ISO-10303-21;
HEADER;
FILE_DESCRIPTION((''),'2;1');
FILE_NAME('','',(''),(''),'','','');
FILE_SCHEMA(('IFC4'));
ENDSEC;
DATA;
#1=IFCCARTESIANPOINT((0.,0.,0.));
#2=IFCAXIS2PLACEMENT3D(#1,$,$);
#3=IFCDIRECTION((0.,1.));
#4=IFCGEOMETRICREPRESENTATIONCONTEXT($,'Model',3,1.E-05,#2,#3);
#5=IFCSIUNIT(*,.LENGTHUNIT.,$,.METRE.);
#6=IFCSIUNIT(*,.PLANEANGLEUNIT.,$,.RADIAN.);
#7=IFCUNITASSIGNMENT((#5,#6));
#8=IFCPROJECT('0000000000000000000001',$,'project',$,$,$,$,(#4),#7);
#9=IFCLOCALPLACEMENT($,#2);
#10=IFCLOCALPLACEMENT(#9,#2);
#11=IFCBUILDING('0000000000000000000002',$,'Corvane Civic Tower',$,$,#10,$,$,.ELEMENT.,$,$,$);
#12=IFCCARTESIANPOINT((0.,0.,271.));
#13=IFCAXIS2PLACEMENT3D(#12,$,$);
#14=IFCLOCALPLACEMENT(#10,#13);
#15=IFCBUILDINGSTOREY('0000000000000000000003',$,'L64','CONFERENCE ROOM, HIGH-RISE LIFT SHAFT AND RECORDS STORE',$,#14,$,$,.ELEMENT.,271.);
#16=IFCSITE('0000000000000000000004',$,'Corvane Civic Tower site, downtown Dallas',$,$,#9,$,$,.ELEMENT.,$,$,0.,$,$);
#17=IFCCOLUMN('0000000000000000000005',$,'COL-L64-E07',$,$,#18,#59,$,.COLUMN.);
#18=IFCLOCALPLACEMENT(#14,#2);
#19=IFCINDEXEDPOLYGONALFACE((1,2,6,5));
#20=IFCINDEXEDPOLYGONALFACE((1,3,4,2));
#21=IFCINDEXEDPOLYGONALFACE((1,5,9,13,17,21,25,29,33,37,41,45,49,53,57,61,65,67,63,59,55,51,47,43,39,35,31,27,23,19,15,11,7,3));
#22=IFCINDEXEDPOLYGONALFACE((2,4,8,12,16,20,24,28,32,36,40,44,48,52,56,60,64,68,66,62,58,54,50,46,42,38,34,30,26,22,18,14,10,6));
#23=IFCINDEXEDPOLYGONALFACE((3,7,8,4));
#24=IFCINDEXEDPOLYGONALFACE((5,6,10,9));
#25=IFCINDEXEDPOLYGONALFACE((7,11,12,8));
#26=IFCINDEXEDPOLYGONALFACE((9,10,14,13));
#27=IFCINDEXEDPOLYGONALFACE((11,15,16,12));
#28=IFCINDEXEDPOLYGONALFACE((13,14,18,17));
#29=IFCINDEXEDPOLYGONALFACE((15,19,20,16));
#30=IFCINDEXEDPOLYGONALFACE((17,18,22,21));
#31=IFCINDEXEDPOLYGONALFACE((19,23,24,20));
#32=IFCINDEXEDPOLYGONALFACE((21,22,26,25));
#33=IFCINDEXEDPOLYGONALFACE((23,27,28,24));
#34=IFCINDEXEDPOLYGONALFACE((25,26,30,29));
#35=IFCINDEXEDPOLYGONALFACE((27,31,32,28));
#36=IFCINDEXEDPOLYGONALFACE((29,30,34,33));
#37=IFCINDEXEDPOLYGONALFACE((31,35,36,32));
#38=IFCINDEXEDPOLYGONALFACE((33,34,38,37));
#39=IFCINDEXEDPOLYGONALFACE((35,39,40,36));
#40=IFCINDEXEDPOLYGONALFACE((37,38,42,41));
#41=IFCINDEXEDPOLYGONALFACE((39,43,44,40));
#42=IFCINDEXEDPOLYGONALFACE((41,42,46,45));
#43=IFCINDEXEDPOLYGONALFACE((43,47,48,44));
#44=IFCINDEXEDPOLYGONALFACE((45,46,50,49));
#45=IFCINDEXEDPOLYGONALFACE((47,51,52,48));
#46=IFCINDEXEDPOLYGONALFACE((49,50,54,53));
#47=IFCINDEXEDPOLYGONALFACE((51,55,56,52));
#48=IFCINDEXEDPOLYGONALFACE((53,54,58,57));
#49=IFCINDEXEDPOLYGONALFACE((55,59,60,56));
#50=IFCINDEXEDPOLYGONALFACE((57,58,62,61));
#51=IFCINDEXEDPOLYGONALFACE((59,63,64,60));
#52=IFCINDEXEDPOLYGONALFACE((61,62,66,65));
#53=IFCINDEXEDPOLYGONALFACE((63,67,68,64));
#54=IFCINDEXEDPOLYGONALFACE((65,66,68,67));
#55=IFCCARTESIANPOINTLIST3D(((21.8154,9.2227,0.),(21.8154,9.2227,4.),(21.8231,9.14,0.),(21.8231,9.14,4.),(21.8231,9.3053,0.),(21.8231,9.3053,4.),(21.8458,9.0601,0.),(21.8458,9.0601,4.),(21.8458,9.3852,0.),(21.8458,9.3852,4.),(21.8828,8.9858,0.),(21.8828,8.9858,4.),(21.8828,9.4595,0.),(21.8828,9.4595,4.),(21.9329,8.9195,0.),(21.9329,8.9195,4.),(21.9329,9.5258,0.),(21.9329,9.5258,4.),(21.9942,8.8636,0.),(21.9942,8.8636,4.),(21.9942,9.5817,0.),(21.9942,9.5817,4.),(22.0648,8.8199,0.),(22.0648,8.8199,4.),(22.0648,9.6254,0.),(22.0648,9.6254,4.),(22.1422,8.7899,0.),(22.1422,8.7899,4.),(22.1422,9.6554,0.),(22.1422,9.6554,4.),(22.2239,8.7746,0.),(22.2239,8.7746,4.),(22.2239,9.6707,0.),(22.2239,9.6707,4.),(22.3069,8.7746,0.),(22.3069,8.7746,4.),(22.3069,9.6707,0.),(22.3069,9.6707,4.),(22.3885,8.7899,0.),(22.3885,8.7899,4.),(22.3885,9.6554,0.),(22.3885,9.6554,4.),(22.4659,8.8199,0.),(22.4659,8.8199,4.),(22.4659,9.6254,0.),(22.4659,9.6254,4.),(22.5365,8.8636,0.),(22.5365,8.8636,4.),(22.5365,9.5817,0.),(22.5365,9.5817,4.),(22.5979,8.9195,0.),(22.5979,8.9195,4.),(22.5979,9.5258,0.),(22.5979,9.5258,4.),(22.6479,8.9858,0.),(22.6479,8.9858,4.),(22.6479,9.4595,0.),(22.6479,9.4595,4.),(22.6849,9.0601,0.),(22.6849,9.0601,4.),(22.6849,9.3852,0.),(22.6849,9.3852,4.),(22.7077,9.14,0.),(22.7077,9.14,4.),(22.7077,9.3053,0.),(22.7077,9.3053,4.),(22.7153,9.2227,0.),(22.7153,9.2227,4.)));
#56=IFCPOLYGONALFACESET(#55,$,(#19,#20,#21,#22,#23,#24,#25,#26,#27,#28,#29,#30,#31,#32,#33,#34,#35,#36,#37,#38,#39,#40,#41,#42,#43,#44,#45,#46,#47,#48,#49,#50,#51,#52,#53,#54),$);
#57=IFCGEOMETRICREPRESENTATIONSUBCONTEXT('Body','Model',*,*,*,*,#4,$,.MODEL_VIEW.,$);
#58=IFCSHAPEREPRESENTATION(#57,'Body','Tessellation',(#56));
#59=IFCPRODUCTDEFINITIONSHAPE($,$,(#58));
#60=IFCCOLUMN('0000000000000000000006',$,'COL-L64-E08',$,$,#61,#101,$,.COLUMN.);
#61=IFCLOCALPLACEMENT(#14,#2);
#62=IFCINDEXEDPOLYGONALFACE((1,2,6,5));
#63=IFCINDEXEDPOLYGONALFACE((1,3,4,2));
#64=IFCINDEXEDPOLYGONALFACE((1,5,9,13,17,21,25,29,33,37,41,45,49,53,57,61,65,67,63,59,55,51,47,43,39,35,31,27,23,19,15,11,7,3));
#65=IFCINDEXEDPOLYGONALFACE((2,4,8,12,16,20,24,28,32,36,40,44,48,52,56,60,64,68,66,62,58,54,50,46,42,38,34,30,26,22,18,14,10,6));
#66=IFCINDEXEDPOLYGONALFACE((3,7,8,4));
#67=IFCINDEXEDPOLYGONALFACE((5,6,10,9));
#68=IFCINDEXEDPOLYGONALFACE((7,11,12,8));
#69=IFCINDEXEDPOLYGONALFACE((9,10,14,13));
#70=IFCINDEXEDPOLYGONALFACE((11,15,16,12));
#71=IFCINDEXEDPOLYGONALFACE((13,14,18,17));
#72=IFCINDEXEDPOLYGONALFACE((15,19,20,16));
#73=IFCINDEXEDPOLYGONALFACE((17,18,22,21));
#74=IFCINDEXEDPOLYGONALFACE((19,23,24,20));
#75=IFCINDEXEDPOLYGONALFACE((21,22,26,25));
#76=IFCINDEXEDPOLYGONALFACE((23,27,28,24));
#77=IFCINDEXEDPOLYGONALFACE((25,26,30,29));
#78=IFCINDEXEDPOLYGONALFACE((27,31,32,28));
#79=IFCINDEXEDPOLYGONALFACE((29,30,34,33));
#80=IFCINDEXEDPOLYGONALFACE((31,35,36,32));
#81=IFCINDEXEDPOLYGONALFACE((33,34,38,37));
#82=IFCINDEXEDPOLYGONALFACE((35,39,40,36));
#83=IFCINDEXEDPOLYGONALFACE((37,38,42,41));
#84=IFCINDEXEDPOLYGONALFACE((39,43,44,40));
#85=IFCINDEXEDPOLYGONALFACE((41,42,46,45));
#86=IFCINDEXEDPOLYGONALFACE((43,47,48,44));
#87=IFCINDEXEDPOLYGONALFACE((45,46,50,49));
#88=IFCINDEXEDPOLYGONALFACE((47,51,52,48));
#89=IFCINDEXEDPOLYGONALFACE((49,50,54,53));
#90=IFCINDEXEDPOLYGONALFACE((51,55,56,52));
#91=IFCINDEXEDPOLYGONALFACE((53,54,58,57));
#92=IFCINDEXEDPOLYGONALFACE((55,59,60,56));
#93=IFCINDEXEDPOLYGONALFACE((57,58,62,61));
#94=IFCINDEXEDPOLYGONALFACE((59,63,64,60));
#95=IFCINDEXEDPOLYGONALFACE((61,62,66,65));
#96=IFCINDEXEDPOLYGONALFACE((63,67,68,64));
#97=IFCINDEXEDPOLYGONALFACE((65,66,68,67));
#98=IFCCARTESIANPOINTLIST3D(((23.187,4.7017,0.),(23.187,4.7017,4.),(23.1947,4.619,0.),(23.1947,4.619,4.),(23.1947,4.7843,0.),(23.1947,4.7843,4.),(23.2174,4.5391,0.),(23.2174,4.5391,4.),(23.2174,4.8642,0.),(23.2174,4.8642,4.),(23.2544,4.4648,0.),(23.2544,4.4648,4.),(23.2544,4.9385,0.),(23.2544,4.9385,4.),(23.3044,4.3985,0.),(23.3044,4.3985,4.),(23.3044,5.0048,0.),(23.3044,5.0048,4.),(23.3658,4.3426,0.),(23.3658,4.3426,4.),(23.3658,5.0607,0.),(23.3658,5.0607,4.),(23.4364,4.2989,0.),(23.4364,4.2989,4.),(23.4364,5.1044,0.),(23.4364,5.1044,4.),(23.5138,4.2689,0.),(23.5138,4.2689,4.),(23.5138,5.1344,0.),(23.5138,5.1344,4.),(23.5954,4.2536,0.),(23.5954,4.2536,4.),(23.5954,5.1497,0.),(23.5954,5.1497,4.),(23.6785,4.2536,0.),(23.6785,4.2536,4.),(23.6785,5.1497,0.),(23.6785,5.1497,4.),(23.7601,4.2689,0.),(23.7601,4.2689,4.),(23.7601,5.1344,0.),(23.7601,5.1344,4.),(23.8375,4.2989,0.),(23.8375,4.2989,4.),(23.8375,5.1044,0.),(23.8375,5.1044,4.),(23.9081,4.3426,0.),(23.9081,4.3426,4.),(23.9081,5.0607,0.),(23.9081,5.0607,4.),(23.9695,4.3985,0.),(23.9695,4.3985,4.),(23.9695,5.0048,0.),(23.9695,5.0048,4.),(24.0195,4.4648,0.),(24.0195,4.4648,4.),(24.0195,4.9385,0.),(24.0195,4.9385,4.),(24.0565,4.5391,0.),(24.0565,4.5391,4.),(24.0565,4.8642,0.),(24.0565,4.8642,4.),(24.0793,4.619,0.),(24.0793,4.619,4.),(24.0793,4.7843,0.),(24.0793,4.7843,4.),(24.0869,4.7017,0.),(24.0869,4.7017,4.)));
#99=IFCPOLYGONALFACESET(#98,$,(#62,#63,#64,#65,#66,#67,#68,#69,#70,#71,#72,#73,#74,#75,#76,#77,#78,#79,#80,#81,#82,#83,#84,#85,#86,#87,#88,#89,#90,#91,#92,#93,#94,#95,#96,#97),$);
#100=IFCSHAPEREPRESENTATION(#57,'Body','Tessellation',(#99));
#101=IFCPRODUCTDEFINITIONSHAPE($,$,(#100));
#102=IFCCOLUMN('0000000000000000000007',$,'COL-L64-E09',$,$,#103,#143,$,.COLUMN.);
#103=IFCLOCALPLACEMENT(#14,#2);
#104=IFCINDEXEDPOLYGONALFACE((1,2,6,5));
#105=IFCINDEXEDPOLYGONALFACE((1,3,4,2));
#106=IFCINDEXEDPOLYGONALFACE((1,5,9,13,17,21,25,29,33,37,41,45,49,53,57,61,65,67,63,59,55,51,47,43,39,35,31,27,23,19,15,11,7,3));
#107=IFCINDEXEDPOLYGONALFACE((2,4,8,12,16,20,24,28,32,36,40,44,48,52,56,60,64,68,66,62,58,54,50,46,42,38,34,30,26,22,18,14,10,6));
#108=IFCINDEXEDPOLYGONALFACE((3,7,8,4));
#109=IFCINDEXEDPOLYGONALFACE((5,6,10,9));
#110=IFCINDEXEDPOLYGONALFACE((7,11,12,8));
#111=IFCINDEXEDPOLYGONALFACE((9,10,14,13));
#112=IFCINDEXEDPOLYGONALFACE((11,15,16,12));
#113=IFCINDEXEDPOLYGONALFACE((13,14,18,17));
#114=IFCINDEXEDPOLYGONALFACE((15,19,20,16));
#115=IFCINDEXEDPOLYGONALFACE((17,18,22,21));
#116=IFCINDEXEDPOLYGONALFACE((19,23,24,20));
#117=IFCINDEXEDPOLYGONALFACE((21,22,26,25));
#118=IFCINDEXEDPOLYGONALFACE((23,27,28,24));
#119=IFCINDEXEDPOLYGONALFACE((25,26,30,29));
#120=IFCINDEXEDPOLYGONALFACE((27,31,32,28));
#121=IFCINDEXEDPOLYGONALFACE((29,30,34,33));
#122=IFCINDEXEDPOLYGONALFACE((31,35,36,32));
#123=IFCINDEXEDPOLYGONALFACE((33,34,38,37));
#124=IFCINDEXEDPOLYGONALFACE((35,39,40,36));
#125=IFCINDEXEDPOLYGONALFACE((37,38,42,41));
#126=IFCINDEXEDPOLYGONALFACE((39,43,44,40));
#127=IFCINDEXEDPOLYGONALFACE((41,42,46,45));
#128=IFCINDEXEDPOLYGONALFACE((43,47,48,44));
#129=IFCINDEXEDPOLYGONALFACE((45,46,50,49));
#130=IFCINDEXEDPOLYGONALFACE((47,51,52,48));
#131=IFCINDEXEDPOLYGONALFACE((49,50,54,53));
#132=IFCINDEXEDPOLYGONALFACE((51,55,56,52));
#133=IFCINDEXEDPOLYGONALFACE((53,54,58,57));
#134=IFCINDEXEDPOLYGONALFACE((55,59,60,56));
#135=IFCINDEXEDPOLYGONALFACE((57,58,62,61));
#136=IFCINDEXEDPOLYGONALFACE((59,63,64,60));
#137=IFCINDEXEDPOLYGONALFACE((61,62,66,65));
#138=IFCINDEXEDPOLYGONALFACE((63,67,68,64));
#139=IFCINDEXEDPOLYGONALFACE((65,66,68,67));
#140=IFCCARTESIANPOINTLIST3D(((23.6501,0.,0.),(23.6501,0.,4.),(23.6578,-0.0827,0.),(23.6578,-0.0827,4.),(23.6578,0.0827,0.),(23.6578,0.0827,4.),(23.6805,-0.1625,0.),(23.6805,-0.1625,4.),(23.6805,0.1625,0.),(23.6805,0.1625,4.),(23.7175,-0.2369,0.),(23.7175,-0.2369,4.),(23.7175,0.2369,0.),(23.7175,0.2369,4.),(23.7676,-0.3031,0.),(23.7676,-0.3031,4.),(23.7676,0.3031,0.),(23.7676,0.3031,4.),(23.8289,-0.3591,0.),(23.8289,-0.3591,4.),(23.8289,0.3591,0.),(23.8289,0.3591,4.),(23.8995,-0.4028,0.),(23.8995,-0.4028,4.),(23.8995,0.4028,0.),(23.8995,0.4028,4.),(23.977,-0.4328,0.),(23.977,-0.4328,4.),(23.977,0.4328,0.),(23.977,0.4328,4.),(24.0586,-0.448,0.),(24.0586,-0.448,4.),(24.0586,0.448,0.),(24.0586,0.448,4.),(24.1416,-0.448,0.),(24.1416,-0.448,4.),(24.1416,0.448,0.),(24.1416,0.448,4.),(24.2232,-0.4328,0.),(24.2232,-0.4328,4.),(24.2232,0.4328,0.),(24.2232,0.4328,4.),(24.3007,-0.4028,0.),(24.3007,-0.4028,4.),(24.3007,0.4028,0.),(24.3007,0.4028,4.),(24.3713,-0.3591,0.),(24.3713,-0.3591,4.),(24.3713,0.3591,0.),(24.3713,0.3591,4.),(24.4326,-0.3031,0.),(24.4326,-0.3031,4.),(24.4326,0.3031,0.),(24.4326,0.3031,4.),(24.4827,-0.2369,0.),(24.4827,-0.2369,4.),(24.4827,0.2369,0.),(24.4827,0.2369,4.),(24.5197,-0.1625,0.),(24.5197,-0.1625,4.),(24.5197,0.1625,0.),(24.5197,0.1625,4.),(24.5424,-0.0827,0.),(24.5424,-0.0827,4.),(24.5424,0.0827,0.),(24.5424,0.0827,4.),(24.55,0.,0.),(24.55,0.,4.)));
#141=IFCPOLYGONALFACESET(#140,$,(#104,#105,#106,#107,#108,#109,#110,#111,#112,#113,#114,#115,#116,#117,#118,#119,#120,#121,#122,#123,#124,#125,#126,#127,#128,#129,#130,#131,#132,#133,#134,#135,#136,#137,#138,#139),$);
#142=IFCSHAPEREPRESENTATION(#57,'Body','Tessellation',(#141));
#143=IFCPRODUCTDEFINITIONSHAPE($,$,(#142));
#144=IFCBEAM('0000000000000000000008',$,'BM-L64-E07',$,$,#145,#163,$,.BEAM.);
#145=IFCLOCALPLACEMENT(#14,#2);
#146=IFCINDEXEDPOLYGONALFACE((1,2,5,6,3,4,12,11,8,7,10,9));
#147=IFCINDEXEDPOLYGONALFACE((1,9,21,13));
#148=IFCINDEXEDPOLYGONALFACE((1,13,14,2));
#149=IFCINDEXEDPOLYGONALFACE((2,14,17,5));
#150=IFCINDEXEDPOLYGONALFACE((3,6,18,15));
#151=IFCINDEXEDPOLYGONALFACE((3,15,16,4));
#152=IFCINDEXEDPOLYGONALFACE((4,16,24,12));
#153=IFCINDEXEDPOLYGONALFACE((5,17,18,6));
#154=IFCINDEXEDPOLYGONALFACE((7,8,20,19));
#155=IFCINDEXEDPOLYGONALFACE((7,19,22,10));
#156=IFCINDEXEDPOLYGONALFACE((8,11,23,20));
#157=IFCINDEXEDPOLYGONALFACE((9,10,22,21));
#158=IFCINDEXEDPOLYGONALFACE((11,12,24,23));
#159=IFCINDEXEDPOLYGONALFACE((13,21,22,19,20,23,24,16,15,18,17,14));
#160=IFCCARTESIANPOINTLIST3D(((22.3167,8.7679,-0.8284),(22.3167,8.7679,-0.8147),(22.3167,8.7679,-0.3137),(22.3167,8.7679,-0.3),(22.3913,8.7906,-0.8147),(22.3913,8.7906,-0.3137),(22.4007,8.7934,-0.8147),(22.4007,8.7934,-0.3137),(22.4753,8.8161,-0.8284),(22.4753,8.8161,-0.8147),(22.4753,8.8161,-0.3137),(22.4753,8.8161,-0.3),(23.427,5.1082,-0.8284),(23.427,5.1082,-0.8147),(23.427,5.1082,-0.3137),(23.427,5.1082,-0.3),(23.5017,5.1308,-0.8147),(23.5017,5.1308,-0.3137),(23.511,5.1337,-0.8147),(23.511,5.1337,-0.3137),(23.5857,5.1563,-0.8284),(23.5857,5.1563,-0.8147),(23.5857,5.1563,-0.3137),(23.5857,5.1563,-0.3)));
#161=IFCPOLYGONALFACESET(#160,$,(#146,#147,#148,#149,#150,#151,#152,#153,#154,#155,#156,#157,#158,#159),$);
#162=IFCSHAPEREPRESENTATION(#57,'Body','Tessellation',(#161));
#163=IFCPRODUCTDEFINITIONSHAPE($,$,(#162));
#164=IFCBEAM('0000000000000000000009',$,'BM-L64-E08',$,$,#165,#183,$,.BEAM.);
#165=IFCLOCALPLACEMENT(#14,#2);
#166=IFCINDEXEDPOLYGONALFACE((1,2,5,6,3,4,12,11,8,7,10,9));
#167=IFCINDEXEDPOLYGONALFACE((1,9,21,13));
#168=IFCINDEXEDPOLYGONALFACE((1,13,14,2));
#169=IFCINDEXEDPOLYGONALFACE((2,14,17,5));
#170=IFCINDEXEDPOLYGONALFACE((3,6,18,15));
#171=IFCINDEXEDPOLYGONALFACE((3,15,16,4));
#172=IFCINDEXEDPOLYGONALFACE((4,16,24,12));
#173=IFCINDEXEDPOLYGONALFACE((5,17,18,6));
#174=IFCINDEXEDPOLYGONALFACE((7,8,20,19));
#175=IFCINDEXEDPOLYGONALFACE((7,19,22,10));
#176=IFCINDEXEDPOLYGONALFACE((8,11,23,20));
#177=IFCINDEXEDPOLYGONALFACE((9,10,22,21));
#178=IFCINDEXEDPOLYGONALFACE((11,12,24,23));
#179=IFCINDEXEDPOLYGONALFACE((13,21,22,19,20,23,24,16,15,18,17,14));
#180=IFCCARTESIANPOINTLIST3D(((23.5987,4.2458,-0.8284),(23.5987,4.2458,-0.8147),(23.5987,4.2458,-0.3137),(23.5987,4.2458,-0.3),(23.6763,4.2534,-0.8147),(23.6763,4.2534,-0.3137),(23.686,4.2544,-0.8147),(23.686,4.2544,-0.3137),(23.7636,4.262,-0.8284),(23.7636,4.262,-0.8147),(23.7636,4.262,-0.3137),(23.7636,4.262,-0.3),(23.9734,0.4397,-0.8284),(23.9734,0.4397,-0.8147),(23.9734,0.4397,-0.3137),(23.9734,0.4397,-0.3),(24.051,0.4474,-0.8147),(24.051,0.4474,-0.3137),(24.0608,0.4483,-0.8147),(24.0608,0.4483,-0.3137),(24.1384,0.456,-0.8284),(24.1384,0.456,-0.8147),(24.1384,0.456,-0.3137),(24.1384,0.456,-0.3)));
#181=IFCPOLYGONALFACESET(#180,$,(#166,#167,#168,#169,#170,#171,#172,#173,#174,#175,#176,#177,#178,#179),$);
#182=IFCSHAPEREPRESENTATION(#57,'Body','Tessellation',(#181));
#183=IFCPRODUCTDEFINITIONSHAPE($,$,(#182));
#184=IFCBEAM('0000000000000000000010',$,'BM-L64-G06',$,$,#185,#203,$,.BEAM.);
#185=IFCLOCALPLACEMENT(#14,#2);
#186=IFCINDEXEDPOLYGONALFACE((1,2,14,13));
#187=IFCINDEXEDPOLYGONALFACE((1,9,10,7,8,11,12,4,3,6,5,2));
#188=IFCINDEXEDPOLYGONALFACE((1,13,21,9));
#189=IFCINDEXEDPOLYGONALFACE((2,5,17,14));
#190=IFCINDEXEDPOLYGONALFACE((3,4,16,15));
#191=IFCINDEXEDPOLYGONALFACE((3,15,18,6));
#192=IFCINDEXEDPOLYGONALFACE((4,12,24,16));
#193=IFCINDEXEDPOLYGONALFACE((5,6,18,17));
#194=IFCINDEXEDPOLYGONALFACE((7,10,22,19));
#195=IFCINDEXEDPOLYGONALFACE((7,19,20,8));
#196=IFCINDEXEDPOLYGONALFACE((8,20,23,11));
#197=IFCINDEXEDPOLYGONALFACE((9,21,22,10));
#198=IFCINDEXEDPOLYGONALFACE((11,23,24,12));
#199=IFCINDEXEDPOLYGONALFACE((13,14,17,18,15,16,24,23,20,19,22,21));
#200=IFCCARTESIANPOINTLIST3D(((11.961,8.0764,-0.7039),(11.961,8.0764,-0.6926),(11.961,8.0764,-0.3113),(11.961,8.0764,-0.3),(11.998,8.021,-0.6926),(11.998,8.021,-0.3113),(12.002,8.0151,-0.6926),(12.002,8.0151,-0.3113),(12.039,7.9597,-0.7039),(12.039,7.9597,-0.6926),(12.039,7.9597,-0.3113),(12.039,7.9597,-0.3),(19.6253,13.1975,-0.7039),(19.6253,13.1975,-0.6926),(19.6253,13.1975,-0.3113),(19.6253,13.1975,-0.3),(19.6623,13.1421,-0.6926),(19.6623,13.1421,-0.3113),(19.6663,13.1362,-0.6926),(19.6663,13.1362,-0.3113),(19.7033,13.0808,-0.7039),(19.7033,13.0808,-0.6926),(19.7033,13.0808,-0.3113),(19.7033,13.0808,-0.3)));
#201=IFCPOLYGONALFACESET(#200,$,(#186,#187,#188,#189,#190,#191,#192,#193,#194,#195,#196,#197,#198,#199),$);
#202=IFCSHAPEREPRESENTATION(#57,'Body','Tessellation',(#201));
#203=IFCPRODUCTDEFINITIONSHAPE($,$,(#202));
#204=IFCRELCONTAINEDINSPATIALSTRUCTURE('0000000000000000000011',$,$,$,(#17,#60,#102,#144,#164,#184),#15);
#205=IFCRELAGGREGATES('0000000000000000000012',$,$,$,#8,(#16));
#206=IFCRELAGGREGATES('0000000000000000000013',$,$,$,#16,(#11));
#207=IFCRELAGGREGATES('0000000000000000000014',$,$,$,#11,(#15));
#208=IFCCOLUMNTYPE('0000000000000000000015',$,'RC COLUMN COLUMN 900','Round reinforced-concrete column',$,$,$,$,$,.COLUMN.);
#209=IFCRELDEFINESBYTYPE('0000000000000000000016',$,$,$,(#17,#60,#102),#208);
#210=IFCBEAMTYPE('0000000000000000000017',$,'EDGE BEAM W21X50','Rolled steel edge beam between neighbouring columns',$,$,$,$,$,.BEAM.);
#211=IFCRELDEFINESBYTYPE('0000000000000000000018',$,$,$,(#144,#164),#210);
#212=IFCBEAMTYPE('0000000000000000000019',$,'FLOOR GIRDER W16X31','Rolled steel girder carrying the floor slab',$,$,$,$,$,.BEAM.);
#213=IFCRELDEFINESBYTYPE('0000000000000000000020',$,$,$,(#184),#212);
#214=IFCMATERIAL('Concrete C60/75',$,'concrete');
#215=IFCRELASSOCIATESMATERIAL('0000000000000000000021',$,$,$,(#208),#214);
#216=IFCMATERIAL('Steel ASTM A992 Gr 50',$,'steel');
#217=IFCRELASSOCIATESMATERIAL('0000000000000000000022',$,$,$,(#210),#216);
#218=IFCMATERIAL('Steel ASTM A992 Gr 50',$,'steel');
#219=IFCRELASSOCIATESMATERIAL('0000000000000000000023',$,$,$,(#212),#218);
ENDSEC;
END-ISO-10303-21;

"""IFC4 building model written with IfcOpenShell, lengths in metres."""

from ifc_helpers import new_model, si_unit, direction, frame, origin, origin_2d, place, context, subcontext, project, spatial, circle, i_section, extrude, material, material_profile, profile_set, type_object, element, save


model = new_model("IFC4")

# Units and contexts
model_context = context("Model", 3, precision=1e-05, world=origin(), true_north=direction((0.0, 1.0)))
body_context = subcontext(model_context, "Body", "Model", "MODEL_VIEW")
ifc_project = project(units=[si_unit("LENGTHUNIT", "METRE"), si_unit("PLANEANGLEUNIT", "RADIAN")], contexts=[model_context])

# Site, building, storey
site_placement = place(None, origin())
site = spatial("IfcSite", under=ifc_project, at=site_placement, Name="Corvane Civic Tower site, downtown Dallas", CompositionType="ELEMENT", RefElevation=0.0)
building_placement = place(site_placement, origin())
building = spatial("IfcBuilding", under=site, at=building_placement, Name="Corvane Civic Tower", CompositionType="ELEMENT")
storey_placement = place(building_placement, frame((0.0, 0.0, 271.0)))
storey = spatial("IfcBuildingStorey", under=building, at=storey_placement, Name="L64", Description="CONFERENCE ROOM, HIGH-RISE LIFT SHAFT AND RECORDS STORE", CompositionType="ELEMENT", Elevation=271.0)

# Columns
ifc_material_1 = material(Name="Concrete C60/75", Category="concrete")
ifc_material_profile_1 = material_profile(ifc_material_1, circle(Radius=0.45, at=origin_2d()), Name="COLUMN 900")
ifc_profile_set_1 = profile_set([ifc_material_profile_1], Name="Concrete C60/75")
column_type = type_object("IfcColumnType", Name="RC COLUMN COLUMN 900", Description="Round reinforced-concrete column", PredefinedType="COLUMN", material=ifc_profile_set_1)
for number, where, z_axis, x_axis, name in (
    (1, (22.2654, 9.2227, 0.0), (0.0, 0.0, 1.0), (1.0, 0.0, 0.0), "COL-L64-E07"),
    (2, (23.637, 4.7017, 0.0), (0.0, 0.0, 1.0), (1.0, 0.0, 0.0), "COL-L64-E08"),
    (3, (24.1001, 0.0, 0.0), (0.0, 0.0, 1.0), (1.0, 0.0, 0.0), "COL-L64-E09"),
):
    element("IfcColumn", number, at=place(storey_placement, frame(where, z_axis=z_axis, x_axis=x_axis)), inside=storey, type_object=column_type, Name=name, PredefinedType="COLUMN", context=body_context, shape_type="SweptSolid", body=[
        extrude(circle(Radius=0.45, at=origin_2d()), origin(), (0.0, 0.0, 1.0), 4.0),
    ])

# Beams
ifc_material_2 = material(Name="Steel ASTM A992 Gr 50", Category="steel")
ifc_material_profile_2 = material_profile(ifc_material_2, i_section(OverallWidth=0.1658, OverallDepth=0.5283, WebThickness=0.0098, FlangeThickness=0.0137, at=origin_2d()), Name="W21X50")
ifc_profile_set_2 = profile_set([ifc_material_profile_2], Name="Steel ASTM A992 Gr 50")
beam_type_1 = type_object("IfcBeamType", Name="EDGE BEAM W21X50", Description="Rolled steel edge beam between neighbouring columns", PredefinedType="BEAM", material=ifc_profile_set_2)
for number, where, z_axis, x_axis, name in (
    (4, (22.396, 8.792, -0.5642), (0.290333, -0.956926, 0.0), (0.956926, 0.290333, 0.0), "BM-L64-E07"),
    (5, (23.6812, 4.2539, -0.5642), (0.097987, -0.995188, 0.0), (0.995188, 0.097987, 0.0), "BM-L64-E08"),
):
    element("IfcBeam", number, at=place(storey_placement, frame(where, z_axis=z_axis, x_axis=x_axis)), inside=storey, type_object=beam_type_1, Name=name, PredefinedType="BEAM", context=body_context, shape_type="SweptSolid", body=[
        extrude(i_section(OverallWidth=0.1658, OverallDepth=0.5283, WebThickness=0.0098, FlangeThickness=0.0137, at=origin_2d()), origin(), (0.0, 0.0, 1.0), 3.8245),
    ])
ifc_material_3 = material(Name="Steel ASTM A992 Gr 50", Category="steel")
ifc_material_profile_3 = material_profile(ifc_material_3, i_section(OverallWidth=0.1404, OverallDepth=0.4038, WebThickness=0.0071, FlangeThickness=0.0112, at=origin_2d()), Name="W16X31")
ifc_profile_set_3 = profile_set([ifc_material_profile_3], Name="Steel ASTM A992 Gr 50")
beam_type_2 = type_object("IfcBeamType", Name="FLOOR GIRDER W16X31", Description="Rolled steel girder carrying the floor slab", PredefinedType="BEAM", material=ifc_profile_set_3)
beam_1_placement = place(storey_placement, frame((12.0, 8.0181, -0.502), z_axis=(0.831471, 0.555568, 0.0), x_axis=(-0.555568, 0.831471, 0.0)))
element("IfcBeam", 6, at=beam_1_placement, inside=storey, type_object=beam_type_2, Name="BM-L64-G06", PredefinedType="BEAM", context=body_context, shape_type="SweptSolid", body=[
    extrude(i_section(OverallWidth=0.1404, OverallDepth=0.4038, WebThickness=0.0071, FlangeThickness=0.0112, at=origin_2d()), origin(), (0.0, 0.0, 1.0), 9.2178),
])

save(model, "model.ifc")
